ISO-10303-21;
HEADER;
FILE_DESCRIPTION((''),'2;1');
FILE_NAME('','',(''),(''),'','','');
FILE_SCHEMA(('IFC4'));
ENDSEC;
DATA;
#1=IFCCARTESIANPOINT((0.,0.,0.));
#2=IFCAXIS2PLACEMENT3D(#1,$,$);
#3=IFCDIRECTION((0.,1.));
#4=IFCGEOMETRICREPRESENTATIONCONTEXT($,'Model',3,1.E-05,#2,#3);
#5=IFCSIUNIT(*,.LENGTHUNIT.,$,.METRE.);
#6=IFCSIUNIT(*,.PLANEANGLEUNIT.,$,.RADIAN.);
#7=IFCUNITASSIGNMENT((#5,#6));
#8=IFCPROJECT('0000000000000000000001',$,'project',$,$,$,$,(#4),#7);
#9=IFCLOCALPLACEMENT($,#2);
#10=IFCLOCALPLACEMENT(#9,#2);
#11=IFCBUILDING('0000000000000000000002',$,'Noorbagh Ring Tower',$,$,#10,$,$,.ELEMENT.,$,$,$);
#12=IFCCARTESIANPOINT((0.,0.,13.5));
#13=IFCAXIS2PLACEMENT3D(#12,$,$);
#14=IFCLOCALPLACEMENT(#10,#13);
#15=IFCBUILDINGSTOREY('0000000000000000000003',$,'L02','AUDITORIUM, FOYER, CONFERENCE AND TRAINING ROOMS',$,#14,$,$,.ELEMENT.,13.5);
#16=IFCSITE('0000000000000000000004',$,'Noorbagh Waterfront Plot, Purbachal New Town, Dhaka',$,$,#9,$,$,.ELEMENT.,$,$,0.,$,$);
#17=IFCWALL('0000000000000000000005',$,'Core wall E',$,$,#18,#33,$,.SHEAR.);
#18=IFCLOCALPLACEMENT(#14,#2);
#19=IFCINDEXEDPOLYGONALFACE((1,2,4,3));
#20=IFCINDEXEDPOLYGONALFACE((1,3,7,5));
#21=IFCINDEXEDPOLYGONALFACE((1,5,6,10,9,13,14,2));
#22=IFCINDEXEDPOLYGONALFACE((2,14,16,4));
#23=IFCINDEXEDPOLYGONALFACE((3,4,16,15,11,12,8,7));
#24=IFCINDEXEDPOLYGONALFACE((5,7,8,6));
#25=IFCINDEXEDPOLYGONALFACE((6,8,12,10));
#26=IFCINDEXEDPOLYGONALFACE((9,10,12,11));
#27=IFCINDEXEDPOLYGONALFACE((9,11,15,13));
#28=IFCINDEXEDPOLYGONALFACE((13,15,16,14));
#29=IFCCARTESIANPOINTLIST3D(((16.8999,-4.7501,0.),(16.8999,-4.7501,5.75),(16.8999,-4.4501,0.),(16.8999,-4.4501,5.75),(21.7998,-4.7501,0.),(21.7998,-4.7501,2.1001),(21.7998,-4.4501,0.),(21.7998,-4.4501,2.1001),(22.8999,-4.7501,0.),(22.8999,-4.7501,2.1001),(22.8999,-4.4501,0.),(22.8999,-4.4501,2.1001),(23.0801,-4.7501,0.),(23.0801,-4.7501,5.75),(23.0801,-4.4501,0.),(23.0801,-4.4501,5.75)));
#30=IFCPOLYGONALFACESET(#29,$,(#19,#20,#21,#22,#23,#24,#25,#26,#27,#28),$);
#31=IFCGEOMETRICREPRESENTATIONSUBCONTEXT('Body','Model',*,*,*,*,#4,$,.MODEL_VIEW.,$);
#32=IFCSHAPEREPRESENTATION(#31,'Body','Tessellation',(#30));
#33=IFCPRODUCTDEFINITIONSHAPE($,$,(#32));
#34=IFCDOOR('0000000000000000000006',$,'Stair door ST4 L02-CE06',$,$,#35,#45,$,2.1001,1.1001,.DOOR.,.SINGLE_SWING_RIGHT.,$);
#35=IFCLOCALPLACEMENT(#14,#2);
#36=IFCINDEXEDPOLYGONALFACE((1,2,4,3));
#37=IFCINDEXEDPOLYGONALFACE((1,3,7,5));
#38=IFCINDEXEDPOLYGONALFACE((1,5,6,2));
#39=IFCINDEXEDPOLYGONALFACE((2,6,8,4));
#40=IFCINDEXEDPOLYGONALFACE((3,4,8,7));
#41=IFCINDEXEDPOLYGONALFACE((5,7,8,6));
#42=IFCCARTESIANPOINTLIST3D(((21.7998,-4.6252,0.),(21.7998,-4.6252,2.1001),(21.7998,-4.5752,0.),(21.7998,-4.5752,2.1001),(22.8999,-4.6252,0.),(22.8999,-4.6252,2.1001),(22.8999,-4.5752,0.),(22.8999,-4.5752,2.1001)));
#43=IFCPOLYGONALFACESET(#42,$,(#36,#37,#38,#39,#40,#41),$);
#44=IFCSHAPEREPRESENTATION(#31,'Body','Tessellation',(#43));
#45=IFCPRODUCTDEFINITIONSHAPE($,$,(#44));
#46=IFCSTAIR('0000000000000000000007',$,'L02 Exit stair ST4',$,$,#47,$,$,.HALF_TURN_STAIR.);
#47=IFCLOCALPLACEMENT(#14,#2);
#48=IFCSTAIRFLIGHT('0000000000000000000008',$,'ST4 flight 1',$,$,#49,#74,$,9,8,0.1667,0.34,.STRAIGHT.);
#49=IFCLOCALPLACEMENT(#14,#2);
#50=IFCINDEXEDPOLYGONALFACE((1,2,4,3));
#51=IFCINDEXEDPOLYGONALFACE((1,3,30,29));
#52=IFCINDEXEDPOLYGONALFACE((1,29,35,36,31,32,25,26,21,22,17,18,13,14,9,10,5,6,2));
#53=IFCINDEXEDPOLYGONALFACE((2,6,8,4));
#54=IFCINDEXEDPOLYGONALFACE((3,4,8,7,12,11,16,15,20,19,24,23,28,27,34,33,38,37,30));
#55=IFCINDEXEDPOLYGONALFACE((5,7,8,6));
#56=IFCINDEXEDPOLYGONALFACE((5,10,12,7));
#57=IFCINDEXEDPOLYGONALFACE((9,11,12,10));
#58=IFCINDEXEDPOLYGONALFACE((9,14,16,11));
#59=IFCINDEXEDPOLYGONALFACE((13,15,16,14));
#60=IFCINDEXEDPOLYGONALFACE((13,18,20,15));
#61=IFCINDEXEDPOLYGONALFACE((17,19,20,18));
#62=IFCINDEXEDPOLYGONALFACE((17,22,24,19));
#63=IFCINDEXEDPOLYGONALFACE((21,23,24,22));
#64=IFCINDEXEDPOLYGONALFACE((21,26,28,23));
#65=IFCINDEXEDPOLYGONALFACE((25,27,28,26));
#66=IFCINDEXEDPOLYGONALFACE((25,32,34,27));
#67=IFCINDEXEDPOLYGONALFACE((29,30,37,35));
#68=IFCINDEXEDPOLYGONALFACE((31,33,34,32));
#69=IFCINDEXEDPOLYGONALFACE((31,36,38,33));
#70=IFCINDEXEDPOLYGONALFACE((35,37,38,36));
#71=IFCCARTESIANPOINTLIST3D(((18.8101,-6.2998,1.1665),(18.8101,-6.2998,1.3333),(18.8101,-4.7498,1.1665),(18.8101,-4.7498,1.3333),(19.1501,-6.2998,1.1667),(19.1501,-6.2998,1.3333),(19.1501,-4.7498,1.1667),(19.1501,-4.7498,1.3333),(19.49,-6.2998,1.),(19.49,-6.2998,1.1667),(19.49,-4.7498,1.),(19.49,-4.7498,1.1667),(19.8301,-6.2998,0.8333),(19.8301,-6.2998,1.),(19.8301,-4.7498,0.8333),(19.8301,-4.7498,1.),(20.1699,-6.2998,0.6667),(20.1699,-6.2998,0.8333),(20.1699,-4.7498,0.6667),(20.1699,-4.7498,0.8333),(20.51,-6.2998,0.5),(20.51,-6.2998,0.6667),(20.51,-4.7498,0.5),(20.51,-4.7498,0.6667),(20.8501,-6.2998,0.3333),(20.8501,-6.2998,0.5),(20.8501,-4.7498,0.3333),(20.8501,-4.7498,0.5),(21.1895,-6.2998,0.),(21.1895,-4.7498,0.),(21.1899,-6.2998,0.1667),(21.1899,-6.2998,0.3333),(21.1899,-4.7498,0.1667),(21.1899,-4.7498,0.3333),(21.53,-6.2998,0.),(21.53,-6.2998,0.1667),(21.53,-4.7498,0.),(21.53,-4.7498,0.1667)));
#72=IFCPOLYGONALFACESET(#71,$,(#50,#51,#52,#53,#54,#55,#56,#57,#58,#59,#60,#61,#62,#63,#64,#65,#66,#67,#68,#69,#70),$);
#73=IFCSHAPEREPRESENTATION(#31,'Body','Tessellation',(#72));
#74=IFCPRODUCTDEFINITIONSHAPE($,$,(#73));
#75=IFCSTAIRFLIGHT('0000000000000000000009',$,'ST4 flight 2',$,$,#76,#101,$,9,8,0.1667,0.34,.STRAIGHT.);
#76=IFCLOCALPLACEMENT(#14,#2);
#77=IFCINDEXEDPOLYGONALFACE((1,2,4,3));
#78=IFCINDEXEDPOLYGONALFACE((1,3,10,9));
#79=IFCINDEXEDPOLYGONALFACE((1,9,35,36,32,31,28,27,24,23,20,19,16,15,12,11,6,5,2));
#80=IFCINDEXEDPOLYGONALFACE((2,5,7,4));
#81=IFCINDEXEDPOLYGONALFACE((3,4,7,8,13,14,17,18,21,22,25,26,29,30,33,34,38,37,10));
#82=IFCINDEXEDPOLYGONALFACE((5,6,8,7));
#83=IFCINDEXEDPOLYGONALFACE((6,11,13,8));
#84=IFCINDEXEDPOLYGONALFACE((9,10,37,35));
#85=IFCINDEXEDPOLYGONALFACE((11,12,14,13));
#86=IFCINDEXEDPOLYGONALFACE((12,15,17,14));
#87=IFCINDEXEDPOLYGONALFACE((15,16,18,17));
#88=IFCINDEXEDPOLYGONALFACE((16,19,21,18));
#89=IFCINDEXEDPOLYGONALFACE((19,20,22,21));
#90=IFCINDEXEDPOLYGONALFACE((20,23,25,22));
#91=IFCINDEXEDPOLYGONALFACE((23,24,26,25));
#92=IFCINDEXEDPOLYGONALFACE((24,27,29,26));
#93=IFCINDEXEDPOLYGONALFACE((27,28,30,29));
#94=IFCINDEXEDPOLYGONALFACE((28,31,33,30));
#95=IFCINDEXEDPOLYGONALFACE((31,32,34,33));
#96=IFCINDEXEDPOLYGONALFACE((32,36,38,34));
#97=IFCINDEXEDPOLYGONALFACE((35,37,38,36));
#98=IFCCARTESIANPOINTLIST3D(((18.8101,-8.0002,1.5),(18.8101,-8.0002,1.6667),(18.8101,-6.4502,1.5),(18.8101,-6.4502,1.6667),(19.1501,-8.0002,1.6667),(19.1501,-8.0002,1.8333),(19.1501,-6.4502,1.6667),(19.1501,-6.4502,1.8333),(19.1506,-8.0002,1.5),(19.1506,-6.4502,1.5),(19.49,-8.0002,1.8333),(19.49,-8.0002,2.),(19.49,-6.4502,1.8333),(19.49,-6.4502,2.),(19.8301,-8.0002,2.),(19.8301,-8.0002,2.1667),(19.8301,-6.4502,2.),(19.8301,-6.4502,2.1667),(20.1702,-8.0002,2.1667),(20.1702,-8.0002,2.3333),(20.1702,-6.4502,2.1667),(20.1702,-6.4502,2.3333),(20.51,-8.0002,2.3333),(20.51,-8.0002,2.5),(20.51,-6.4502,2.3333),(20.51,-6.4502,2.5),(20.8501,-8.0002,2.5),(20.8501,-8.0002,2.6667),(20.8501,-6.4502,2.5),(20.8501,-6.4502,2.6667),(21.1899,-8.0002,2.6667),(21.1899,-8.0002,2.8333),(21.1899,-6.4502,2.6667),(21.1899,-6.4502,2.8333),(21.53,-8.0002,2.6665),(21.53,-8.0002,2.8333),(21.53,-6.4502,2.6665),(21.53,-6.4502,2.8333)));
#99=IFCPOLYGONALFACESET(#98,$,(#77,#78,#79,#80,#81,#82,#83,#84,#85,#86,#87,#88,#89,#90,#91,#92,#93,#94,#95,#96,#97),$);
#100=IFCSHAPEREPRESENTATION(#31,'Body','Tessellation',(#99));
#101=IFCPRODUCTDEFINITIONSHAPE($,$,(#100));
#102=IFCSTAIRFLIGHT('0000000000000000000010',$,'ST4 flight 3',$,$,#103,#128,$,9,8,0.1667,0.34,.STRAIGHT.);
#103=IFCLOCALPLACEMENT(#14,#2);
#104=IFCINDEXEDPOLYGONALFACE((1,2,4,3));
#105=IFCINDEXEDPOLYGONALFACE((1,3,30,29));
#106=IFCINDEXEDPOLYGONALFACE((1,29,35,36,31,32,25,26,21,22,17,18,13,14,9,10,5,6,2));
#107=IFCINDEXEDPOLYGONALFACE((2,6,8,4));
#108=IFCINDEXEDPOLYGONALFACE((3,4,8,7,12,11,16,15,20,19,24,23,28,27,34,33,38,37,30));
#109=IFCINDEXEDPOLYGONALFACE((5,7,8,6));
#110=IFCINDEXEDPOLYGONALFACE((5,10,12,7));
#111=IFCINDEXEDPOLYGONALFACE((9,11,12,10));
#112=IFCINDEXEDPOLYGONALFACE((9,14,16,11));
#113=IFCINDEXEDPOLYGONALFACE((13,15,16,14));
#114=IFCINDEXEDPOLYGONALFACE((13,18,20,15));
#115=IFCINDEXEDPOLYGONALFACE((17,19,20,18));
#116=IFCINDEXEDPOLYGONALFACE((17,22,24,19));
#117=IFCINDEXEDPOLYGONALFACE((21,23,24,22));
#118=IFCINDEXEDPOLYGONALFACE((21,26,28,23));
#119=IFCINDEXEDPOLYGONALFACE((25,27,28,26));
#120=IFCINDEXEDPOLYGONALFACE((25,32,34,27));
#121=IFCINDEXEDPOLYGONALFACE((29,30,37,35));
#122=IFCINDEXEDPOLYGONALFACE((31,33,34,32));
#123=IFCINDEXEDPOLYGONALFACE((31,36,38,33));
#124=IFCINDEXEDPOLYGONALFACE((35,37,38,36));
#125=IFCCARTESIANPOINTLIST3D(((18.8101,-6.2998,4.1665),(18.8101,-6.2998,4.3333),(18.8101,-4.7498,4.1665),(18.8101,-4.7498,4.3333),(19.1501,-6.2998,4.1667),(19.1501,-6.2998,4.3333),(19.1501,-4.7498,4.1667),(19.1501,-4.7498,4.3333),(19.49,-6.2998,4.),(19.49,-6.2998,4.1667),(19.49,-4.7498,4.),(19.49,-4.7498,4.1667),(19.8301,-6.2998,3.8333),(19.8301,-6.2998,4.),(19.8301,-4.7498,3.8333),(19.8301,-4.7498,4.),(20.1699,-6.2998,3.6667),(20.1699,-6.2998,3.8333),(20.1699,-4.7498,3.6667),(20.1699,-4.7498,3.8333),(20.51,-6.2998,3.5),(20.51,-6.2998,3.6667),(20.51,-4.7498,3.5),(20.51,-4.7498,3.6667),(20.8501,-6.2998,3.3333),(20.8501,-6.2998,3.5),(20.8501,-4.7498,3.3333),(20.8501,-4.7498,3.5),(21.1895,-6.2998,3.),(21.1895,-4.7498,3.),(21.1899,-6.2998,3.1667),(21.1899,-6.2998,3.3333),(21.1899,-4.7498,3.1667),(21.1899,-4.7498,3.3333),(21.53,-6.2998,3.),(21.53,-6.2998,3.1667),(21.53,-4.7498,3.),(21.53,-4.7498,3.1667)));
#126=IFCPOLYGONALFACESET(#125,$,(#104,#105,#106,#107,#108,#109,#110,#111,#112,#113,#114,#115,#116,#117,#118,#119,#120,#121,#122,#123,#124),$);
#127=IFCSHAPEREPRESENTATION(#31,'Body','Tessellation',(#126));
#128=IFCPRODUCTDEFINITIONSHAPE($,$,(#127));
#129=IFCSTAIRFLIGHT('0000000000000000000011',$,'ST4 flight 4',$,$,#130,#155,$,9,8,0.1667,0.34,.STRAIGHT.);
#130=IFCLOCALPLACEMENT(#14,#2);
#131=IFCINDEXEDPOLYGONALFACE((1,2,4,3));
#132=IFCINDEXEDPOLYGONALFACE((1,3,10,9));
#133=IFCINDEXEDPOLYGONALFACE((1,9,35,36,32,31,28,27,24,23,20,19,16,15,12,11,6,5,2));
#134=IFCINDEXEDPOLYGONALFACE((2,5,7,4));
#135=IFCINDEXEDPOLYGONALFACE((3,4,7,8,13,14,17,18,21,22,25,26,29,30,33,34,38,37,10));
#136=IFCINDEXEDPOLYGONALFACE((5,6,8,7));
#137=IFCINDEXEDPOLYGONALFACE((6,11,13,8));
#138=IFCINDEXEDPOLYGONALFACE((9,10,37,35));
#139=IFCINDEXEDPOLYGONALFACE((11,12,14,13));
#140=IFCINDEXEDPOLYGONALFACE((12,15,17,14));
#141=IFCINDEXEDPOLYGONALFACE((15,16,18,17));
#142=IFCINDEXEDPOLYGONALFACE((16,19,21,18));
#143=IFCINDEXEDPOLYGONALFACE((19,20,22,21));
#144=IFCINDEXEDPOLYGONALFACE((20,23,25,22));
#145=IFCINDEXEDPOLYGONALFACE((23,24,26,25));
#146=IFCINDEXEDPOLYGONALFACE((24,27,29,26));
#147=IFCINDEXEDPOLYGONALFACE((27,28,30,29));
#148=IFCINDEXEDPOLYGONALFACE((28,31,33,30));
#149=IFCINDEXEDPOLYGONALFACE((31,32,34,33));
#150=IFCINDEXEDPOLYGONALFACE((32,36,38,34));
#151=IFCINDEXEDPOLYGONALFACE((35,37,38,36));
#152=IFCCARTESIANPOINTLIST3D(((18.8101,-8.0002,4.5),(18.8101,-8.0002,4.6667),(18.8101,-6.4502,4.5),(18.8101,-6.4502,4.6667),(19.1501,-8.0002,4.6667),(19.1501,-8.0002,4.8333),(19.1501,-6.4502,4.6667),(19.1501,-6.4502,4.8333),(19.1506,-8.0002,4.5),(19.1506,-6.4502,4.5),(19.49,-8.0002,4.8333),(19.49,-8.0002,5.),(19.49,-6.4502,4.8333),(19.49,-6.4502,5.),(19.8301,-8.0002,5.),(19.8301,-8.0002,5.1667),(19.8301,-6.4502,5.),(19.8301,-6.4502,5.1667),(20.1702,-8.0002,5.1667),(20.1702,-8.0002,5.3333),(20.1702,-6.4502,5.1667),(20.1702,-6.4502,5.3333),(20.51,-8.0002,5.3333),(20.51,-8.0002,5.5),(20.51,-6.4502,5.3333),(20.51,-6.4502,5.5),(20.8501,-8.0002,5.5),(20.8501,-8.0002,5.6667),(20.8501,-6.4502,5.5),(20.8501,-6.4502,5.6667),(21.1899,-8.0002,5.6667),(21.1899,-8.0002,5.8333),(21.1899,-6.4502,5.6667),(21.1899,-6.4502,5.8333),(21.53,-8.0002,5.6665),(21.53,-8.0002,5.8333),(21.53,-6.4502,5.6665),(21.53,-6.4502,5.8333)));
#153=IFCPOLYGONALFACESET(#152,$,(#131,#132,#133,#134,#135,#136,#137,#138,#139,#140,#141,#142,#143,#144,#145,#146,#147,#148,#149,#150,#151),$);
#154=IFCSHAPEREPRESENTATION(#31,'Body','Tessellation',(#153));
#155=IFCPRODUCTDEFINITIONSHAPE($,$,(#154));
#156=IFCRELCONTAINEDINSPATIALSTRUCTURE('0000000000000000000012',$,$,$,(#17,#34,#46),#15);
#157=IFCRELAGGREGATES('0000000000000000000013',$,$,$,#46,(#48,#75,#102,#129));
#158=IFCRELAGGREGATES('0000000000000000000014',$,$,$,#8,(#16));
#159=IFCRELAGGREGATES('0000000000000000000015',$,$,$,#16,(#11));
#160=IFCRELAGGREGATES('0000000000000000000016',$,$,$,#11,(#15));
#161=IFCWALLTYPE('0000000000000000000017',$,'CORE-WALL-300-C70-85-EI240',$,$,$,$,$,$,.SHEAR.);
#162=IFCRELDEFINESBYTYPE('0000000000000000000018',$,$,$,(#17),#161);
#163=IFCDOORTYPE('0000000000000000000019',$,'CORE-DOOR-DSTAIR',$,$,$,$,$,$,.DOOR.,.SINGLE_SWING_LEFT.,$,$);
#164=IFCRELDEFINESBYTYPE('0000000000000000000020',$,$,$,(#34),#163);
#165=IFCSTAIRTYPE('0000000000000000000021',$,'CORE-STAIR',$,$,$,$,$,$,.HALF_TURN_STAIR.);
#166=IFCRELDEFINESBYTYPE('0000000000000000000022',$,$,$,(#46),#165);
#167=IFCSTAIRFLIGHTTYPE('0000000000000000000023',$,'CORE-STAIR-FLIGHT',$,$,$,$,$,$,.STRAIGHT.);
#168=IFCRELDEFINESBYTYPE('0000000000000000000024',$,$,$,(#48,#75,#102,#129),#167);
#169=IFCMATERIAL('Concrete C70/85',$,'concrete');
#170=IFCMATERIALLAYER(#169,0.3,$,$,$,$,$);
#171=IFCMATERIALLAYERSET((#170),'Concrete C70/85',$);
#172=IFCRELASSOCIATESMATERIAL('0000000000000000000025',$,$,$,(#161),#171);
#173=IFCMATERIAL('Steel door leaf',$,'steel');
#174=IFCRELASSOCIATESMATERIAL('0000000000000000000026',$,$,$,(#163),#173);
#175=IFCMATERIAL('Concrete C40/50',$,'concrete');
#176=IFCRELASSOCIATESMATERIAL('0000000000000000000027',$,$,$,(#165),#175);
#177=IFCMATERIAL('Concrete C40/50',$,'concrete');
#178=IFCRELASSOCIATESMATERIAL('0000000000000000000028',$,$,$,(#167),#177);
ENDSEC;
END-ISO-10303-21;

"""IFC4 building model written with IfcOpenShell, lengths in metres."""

from ifc_helpers import new_model, si_unit, direction, frame, frame_2d, origin, place, context, subcontext, project, spatial, polyline, rectangle, outline, extrude, material, layer, layer_set, type_object, element, fill, aggregate, save


model = new_model("IFC4")

# Units and contexts
model_context = context("Model", 3, precision=1e-05, world=origin(), true_north=direction((0.0, 1.0)))
body_context = subcontext(model_context, "Body", "Model", "MODEL_VIEW")
ifc_project = project(units=[si_unit("LENGTHUNIT", "METRE"), si_unit("PLANEANGLEUNIT", "RADIAN")], contexts=[model_context])

# Site, building, storey
site_placement = place(None, origin())
site = spatial("IfcSite", under=ifc_project, at=site_placement, Name="Noorbagh Waterfront Plot, Purbachal New Town, Dhaka", CompositionType="ELEMENT", RefElevation=0.0)
building_placement = place(site_placement, origin())
building = spatial("IfcBuilding", under=site, at=building_placement, Name="Noorbagh Ring Tower", CompositionType="ELEMENT")
storey_placement = place(building_placement, frame((0.0, 0.0, 13.5)))
storey = spatial("IfcBuildingStorey", under=building, at=storey_placement, Name="L02", Description="AUDITORIUM, FOYER, CONFERENCE AND TRAINING ROOMS", CompositionType="ELEMENT", Elevation=13.5)

# Shared definitions
ifc_material_1 = material(Name="Concrete C70/85", Category="concrete")
ifc_layer_1 = layer(ifc_material_1, 0.3)
ifc_layer_set_1 = layer_set([ifc_layer_1], Name="Concrete C70/85")
wall_type_1 = type_object("IfcWallType", Name="CORE-WALL-300-C70-85-EI240", PredefinedType="SHEAR", material=ifc_layer_set_1)

# Wall, opening, door
wall_1_placement = place(storey_placement, frame((16.8999, -4.6001, 0.0), z_axis=(0.0, 0.0, 1.0), x_axis=(1.0, 0.0, 0.0)))
wall_1 = element("IfcWall", 1, at=wall_1_placement, inside=storey, type_object=wall_type_1, Name="Core wall E", PredefinedType="SHEAR", context=body_context, shape_type="SweptSolid", body=[
    extrude(rectangle(XDim=6.1802, YDim=0.3, at=frame_2d((3.0901, 0.0))), origin(), (0.0, 0.0, 1.0), 5.75),
])
opening_1_placement = place(wall_1_placement, frame((4.8999, 0.0, 0.0)))
opening_1 = element("IfcOpeningElement", 2, at=opening_1_placement, cuts=wall_1, PredefinedType="OPENING", context=body_context, shape_type="SweptSolid", body=[
    extrude(rectangle(XDim=1.1001, YDim=2.1001, at=frame_2d((0.55, 1.05))), frame((0.0, 0.1602, 0.0), z_axis=(0.0, -1.0, 0.0), x_axis=(1.0, 0.0, 0.0)), (0.0, 0.0, 1.0), 0.3201),
])
ifc_material_2 = material(Name="Steel door leaf", Category="steel")
door_type_1 = type_object("IfcDoorType", Name="CORE-DOOR-DSTAIR", OperationType="SINGLE_SWING_LEFT", PredefinedType="DOOR", material=ifc_material_2)
door_1_placement = place(opening_1_placement, origin())
door_1 = element("IfcDoor", 3, at=door_1_placement, inside=storey, type_object=door_type_1, Name="Stair door ST4 L02-CE06", OperationType="SINGLE_SWING_RIGHT", OverallHeight=2.1001, OverallWidth=1.1001, PredefinedType="DOOR", context=body_context, shape_type="SweptSolid", body=[
    extrude(rectangle(XDim=1.1001, YDim=2.1001, at=frame_2d((0.55, 1.05))), frame((0.0, 0.0249, 0.0), z_axis=(0.0, -1.0, 0.0), x_axis=(1.0, 0.0, 0.0)), (0.0, 0.0, 1.0), 0.05),
])
fill(opening_1, door_1)

# Stair, stair flights
ifc_material_3 = material(Name="Concrete C40/50", Category="concrete")
stair_type = type_object("IfcStairType", Name="CORE-STAIR", PredefinedType="HALF_TURN_STAIR", material=ifc_material_3)
stair_placement = place(storey_placement, origin())
stair = element("IfcStair", 4, at=stair_placement, inside=storey, type_object=stair_type, Name="L02 Exit stair ST4", PredefinedType="HALF_TURN_STAIR")
ifc_material_4 = material(Name="Concrete C40/50", Category="concrete")
stair_flight_type = type_object("IfcStairFlightType", Name="CORE-STAIR-FLIGHT", PredefinedType="STRAIGHT", material=ifc_material_4)
stair_flight_1_placement = place(storey_placement, frame((21.53, -5.5249, 0.0), z_axis=(0.0, 0.0, 1.0), x_axis=(-1.0, 0.0, 0.0)))
stair_flight_1 = element("IfcStairFlight", 5, at=stair_flight_1_placement, type_object=stair_flight_type, Name="ST4 flight 1", NumberOfRisers=9, NumberOfTreads=8, PredefinedType="STRAIGHT", RiserHeight=0.1667, TreadLength=0.34, context=body_context, shape_type="SweptSolid", body=[
    extrude(outline(polyline([(0.0, 0.0), (0.0, 0.1667), (0.3401, 0.1667), (0.3401, 0.3333), (0.6799, 0.3333), (0.6799, 0.5), (1.02, 0.5), (1.02, 0.6667), (1.3601, 0.6667), (1.3601, 0.8333), (1.7, 0.8333), (1.7, 1.0), (2.04, 1.0), (2.04, 1.1667), (2.3799, 1.1667), (2.3799, 1.3333), (2.72, 1.3333), (2.72, 1.5), (2.72, 1.1665), (0.3406, 0.0), (0.0, 0.0)])), frame((0.0, 0.7749, 0.0), z_axis=(0.0, -1.0, 0.0), x_axis=(1.0, 0.0, 0.0)), (0.0, 0.0, 1.0), 1.55),
])
stair_flight_2_placement = place(storey_placement, frame((18.8101, -7.2251, 1.5), z_axis=(0.0, 0.0, 1.0), x_axis=(1.0, 0.0, 0.0)))
stair_flight_2 = element("IfcStairFlight", 6, at=stair_flight_2_placement, type_object=stair_flight_type, Name="ST4 flight 2", NumberOfRisers=9, NumberOfTreads=8, PredefinedType="STRAIGHT", RiserHeight=0.1667, TreadLength=0.34, context=body_context, shape_type="SweptSolid", body=[
    extrude(outline(polyline([(0.0, 0.0), (0.0, 0.1667), (0.3401, 0.1667), (0.3401, 0.3333), (0.6799, 0.3333), (0.6799, 0.5), (1.02, 0.5), (1.02, 0.6667), (1.3601, 0.6667), (1.3601, 0.8333), (1.7, 0.8333), (1.7, 1.0), (2.04, 1.0), (2.04, 1.1667), (2.3799, 1.1667), (2.3799, 1.3333), (2.72, 1.3333), (2.72, 1.5), (2.72, 1.1665), (0.3406, 0.0), (0.0, 0.0)])), frame((0.0, 0.7749, 0.0), z_axis=(0.0, -1.0, 0.0), x_axis=(1.0, 0.0, 0.0)), (0.0, 0.0, 1.0), 1.55),
])
stair_flight_3_placement = place(storey_placement, frame((21.53, -5.5249, 3.0), z_axis=(0.0, 0.0, 1.0), x_axis=(-1.0, 0.0, 0.0)))
stair_flight_3 = element("IfcStairFlight", 7, at=stair_flight_3_placement, type_object=stair_flight_type, Name="ST4 flight 3", NumberOfRisers=9, NumberOfTreads=8, PredefinedType="STRAIGHT", RiserHeight=0.1667, TreadLength=0.34, context=body_context, shape_type="SweptSolid", body=[
    extrude(outline(polyline([(0.0, 0.0), (0.0, 0.1667), (0.3401, 0.1667), (0.3401, 0.3333), (0.6799, 0.3333), (0.6799, 0.5), (1.02, 0.5), (1.02, 0.6667), (1.3601, 0.6667), (1.3601, 0.8333), (1.7, 0.8333), (1.7, 1.0), (2.04, 1.0), (2.04, 1.1667), (2.3799, 1.1667), (2.3799, 1.3333), (2.72, 1.3333), (2.72, 1.5), (2.72, 1.1665), (0.3406, 0.0), (0.0, 0.0)])), frame((0.0, 0.7749, 0.0), z_axis=(0.0, -1.0, 0.0), x_axis=(1.0, 0.0, 0.0)), (0.0, 0.0, 1.0), 1.55),
])
stair_flight_4_placement = place(storey_placement, frame((18.8101, -7.2251, 4.5), z_axis=(0.0, 0.0, 1.0), x_axis=(1.0, 0.0, 0.0)))
stair_flight_4 = element("IfcStairFlight", 8, at=stair_flight_4_placement, type_object=stair_flight_type, Name="ST4 flight 4", NumberOfRisers=9, NumberOfTreads=8, PredefinedType="STRAIGHT", RiserHeight=0.1667, TreadLength=0.34, context=body_context, shape_type="SweptSolid", body=[
    extrude(outline(polyline([(0.0, 0.0), (0.0, 0.1667), (0.3401, 0.1667), (0.3401, 0.3333), (0.6799, 0.3333), (0.6799, 0.5), (1.02, 0.5), (1.02, 0.6667), (1.3601, 0.6667), (1.3601, 0.8333), (1.7, 0.8333), (1.7, 1.0), (2.04, 1.0), (2.04, 1.1667), (2.3799, 1.1667), (2.3799, 1.3333), (2.72, 1.3333), (2.72, 1.5), (2.72, 1.1665), (0.3406, 0.0), (0.0, 0.0)])), frame((0.0, 0.7749, 0.0), z_axis=(0.0, -1.0, 0.0), x_axis=(1.0, 0.0, 0.0)), (0.0, 0.0, 1.0), 1.55),
])
aggregate(stair, [stair_flight_1, stair_flight_2, stair_flight_3, stair_flight_4])

save(model, "model.ifc")
